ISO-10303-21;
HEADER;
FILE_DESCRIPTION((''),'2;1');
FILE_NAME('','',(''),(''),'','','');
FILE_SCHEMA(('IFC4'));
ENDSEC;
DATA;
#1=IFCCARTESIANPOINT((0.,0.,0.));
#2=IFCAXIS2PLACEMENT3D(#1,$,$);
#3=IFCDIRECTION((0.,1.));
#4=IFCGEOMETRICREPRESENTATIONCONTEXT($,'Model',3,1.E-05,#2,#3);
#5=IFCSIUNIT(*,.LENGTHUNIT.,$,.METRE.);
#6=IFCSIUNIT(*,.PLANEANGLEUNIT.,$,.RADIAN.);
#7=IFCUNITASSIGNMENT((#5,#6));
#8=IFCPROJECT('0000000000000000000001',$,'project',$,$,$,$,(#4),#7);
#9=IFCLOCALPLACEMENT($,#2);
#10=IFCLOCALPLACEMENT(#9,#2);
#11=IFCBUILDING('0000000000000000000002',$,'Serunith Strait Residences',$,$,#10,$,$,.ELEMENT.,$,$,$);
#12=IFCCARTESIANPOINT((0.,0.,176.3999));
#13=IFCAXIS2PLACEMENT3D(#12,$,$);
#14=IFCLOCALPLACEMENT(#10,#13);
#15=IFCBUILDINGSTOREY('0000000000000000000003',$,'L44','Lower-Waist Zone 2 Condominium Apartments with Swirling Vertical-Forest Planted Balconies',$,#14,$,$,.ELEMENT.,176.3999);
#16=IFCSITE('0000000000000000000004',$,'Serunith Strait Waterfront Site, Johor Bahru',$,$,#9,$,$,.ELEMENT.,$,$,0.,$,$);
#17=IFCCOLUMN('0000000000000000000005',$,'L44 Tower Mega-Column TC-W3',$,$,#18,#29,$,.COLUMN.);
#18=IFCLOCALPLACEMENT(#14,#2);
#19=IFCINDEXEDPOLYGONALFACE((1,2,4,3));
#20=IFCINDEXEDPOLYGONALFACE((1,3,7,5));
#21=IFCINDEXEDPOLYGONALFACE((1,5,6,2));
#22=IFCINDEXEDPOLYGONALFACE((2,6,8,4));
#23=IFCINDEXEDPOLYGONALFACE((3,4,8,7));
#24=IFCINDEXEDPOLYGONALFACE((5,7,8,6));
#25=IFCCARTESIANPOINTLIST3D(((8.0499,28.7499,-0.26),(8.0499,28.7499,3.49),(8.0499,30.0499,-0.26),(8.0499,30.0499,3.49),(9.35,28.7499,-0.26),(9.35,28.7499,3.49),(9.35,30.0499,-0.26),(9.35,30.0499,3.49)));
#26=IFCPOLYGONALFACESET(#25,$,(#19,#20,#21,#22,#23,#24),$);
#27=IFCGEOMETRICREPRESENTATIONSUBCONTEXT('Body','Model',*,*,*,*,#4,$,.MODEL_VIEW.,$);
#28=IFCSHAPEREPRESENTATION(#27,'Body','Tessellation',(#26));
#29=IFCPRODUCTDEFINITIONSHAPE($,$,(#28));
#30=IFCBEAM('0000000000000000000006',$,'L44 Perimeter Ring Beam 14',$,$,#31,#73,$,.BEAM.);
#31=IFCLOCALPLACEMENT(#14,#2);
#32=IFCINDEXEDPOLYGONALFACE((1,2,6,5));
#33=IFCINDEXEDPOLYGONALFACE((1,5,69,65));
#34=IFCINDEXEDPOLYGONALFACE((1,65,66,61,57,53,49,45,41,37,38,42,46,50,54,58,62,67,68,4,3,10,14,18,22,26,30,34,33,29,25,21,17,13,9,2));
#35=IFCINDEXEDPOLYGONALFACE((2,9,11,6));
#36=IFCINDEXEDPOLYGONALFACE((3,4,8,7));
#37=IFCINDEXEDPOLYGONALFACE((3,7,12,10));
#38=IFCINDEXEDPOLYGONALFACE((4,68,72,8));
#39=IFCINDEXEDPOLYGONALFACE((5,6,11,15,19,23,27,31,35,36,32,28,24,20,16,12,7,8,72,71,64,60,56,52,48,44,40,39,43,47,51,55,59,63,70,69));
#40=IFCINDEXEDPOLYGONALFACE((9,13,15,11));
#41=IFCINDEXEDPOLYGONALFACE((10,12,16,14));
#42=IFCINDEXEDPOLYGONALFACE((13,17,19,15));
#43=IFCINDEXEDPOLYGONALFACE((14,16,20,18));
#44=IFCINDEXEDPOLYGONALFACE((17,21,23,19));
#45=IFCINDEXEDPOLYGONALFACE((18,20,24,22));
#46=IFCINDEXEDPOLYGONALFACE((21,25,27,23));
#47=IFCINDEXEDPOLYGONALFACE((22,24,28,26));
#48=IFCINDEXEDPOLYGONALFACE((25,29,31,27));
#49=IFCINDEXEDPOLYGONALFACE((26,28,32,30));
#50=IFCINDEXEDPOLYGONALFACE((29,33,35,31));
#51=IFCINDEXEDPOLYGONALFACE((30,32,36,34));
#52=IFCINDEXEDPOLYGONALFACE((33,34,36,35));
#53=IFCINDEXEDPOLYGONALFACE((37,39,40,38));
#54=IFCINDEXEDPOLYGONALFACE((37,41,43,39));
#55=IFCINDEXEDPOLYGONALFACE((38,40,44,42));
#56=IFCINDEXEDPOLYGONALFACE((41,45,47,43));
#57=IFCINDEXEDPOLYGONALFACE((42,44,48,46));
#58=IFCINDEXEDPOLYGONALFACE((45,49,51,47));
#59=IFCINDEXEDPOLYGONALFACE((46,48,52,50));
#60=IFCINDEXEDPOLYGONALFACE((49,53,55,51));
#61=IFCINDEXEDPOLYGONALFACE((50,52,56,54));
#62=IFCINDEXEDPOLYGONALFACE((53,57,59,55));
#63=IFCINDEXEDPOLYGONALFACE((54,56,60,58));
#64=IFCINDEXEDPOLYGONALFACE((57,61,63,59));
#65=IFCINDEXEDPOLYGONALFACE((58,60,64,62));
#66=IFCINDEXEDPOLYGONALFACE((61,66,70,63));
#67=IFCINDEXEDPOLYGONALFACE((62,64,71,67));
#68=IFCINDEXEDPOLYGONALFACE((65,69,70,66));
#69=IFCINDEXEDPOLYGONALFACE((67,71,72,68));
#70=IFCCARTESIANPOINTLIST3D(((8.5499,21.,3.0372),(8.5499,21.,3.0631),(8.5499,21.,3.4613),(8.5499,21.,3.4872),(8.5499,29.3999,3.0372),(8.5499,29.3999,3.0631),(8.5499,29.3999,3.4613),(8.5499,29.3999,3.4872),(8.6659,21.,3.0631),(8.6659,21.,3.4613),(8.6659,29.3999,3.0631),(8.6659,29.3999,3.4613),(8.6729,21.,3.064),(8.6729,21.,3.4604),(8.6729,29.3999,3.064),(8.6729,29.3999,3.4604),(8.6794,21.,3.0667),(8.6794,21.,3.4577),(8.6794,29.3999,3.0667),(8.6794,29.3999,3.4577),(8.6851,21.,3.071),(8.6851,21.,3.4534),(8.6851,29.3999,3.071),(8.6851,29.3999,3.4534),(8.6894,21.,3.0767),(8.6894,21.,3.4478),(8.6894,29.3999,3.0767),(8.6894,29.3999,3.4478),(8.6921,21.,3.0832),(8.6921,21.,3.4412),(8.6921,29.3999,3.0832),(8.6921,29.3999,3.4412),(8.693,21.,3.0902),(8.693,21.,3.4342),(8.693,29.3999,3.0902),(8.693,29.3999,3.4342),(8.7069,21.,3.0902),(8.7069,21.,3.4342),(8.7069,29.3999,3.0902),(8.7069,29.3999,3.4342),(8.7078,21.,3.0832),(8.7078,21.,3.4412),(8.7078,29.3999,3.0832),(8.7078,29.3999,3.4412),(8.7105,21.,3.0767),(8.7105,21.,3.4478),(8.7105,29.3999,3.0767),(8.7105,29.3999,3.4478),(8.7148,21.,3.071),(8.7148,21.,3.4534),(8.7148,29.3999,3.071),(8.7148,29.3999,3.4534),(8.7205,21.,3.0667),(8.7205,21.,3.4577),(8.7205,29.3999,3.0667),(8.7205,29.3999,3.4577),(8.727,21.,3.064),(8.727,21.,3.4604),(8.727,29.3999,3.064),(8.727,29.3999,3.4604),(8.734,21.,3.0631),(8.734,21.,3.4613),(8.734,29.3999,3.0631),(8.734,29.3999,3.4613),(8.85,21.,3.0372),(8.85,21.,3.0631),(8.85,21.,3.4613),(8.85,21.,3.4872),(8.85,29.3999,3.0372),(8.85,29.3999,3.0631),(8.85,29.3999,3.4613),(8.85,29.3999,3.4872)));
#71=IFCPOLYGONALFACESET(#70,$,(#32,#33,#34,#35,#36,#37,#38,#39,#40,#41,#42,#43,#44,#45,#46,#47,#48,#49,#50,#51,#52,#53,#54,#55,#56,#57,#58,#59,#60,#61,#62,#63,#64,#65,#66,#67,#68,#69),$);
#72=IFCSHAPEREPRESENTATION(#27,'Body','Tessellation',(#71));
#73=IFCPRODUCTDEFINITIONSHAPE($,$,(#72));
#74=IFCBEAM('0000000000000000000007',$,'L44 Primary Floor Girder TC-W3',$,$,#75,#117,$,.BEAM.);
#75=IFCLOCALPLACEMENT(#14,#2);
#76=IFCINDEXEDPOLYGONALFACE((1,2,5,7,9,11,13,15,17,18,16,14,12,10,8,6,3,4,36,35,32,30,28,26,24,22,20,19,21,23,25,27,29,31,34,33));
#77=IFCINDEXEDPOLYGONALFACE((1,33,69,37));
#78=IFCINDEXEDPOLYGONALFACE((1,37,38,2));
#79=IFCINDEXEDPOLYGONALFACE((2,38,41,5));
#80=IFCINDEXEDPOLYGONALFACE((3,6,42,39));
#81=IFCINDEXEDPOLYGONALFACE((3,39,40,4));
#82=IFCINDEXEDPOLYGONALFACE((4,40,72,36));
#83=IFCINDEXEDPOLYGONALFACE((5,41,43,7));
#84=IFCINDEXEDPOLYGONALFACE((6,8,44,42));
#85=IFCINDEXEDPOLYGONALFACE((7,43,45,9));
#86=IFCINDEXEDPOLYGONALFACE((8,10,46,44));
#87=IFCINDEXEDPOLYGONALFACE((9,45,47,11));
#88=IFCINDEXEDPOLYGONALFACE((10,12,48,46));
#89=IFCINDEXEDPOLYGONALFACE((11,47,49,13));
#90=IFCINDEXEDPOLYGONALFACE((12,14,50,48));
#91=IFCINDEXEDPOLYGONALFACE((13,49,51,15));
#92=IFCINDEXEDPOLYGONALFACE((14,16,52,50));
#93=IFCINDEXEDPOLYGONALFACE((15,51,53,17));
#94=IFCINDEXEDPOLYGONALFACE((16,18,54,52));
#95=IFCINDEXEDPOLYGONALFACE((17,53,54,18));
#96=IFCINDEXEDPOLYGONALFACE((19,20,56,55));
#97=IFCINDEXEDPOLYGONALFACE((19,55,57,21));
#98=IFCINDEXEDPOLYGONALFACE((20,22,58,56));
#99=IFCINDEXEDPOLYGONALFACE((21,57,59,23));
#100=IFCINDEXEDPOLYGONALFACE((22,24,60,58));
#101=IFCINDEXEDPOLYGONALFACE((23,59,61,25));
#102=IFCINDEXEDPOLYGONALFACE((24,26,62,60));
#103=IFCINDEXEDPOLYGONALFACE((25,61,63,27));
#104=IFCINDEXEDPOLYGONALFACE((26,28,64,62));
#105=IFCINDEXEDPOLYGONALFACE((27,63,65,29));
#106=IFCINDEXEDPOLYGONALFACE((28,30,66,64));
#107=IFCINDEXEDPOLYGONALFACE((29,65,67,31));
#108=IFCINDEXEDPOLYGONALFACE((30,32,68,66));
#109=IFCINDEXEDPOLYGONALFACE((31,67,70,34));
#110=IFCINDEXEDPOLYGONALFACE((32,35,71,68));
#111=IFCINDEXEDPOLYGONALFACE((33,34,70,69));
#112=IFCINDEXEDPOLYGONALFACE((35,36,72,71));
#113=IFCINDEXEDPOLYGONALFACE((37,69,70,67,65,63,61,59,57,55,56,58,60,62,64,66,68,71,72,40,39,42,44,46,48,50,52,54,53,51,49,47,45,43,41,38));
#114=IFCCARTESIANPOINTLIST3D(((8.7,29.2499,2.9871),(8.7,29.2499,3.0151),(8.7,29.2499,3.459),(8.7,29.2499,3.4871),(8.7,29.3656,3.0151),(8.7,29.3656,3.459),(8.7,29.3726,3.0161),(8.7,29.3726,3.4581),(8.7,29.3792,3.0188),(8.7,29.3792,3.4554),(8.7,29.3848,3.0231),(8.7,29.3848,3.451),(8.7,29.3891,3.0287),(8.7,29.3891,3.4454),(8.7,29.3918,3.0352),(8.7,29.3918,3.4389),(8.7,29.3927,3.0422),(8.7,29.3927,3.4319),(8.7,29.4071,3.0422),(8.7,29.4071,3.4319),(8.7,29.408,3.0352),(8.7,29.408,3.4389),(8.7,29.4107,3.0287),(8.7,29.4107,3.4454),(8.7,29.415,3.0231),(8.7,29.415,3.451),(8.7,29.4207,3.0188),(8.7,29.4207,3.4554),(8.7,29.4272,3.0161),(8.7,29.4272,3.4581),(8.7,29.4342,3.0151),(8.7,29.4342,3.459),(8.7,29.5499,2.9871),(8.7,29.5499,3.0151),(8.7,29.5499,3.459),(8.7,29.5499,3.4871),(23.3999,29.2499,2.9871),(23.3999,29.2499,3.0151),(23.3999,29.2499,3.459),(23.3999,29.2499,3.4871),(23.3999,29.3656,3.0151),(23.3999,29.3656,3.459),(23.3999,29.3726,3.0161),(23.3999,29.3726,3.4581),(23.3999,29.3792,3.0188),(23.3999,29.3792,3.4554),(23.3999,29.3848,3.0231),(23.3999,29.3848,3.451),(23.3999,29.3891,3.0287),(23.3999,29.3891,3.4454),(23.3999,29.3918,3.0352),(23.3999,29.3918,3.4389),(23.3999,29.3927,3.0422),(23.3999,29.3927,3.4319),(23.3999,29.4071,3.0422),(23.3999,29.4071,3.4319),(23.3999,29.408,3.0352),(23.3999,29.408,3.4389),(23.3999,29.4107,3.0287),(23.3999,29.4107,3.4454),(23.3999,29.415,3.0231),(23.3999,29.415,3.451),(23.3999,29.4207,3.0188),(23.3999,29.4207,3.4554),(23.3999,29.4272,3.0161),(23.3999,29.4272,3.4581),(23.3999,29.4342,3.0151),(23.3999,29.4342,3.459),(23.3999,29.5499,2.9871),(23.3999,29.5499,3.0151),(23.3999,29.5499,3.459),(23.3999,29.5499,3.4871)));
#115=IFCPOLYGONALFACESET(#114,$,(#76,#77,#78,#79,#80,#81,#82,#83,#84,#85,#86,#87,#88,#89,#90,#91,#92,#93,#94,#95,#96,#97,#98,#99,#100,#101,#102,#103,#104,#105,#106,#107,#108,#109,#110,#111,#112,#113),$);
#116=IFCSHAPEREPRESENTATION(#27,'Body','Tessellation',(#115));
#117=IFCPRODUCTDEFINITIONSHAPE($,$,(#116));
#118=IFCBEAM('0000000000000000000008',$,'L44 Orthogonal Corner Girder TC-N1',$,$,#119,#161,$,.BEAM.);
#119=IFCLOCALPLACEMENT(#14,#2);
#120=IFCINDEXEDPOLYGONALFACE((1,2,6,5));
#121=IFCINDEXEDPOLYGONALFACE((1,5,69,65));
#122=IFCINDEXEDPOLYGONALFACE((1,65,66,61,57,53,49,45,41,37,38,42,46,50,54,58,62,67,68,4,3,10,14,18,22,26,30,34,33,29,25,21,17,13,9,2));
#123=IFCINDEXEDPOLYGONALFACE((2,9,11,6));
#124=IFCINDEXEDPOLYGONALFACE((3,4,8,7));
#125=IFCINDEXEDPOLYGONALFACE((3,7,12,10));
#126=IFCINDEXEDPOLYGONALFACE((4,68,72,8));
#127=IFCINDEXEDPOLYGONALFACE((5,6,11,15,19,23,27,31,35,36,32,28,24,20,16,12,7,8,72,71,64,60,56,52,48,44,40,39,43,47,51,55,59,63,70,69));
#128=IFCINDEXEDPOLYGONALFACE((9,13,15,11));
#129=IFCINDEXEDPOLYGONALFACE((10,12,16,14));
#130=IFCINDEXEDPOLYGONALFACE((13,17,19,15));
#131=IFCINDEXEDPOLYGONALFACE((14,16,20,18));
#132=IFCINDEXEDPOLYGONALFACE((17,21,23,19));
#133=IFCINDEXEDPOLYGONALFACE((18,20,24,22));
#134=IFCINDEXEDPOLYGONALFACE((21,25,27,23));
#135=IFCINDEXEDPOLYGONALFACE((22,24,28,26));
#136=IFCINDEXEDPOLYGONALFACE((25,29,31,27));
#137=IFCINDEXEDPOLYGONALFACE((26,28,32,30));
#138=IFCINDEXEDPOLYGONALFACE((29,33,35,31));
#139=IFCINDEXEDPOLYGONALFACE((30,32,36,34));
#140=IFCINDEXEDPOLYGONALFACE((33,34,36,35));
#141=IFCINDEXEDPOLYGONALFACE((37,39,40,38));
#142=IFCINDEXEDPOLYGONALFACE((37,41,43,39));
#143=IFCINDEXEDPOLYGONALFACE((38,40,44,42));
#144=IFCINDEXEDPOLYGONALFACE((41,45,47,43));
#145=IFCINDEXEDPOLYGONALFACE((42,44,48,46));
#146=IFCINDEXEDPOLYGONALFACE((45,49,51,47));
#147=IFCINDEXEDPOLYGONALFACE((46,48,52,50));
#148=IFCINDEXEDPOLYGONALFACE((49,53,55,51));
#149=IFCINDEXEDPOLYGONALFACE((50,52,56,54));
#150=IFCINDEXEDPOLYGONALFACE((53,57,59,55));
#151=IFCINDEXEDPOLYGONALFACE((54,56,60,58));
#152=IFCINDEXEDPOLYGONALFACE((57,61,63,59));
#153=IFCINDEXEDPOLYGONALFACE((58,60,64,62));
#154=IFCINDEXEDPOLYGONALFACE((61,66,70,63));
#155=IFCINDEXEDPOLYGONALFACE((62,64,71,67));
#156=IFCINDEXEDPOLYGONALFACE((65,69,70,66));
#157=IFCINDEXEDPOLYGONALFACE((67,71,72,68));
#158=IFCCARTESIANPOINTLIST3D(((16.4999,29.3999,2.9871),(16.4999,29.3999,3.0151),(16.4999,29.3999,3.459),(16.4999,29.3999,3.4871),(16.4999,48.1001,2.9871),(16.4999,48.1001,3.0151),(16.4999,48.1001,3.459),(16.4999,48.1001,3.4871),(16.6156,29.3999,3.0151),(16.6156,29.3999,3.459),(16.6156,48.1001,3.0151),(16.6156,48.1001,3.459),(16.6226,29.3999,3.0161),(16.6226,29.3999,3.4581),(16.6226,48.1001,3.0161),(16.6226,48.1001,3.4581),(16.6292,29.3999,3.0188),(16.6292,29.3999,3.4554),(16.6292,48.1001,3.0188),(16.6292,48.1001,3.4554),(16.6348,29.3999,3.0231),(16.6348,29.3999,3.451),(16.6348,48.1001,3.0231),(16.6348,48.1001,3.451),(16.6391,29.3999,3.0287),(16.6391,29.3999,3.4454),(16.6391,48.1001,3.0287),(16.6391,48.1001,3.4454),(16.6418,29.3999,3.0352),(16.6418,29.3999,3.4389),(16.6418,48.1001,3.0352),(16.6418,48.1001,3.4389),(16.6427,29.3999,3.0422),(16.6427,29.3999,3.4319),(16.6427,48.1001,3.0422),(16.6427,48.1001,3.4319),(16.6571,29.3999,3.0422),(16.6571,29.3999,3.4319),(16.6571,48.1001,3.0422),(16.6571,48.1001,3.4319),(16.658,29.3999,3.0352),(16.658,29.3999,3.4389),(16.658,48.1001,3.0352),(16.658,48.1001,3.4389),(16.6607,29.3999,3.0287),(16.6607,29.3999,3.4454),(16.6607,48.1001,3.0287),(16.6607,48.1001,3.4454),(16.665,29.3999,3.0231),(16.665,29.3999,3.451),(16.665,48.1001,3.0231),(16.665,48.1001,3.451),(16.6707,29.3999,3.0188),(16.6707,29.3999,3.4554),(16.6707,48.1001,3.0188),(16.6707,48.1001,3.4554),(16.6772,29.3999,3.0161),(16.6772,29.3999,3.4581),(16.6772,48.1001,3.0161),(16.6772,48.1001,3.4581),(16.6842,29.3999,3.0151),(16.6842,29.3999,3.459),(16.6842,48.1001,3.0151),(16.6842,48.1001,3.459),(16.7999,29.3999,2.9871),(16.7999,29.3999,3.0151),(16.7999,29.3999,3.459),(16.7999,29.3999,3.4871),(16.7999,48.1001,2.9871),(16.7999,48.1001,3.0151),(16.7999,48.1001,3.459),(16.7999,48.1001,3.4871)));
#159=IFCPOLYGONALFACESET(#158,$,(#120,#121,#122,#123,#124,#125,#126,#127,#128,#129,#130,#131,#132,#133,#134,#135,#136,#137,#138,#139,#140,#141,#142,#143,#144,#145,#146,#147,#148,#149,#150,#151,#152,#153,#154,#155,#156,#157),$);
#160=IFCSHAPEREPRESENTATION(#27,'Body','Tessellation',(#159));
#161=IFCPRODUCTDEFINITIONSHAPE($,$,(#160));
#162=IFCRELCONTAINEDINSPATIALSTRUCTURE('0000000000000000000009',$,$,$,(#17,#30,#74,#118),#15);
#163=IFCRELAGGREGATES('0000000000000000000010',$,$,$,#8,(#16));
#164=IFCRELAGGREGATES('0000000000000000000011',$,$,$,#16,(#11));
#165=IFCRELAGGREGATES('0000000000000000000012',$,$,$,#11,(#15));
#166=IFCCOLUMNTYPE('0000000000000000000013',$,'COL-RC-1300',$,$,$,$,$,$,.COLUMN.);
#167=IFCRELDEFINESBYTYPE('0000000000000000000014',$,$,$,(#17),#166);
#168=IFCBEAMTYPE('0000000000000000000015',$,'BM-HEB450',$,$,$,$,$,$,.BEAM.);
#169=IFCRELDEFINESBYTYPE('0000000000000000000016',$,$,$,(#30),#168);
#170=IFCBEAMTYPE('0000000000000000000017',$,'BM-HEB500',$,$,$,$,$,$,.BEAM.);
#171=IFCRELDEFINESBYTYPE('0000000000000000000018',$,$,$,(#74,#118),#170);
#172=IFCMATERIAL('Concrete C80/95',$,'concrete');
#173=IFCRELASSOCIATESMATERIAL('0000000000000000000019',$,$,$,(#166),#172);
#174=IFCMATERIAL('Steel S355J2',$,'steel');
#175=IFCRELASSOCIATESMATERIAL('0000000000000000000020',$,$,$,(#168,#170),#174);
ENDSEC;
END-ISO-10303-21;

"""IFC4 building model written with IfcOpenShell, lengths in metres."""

from ifc_helpers import new_model, si_unit, direction, frame, origin, origin_2d, place, context, subcontext, project, spatial, rectangle, i_section, extrude, source, transform, mapped, material, material_profile, profile_set, type_object, element, save


model = new_model("IFC4")

# Units and contexts
model_context = context("Model", 3, precision=1e-05, world=origin(), true_north=direction((0.0, 1.0)))
body_context = subcontext(model_context, "Body", "Model", "MODEL_VIEW")
ifc_project = project(units=[si_unit("LENGTHUNIT", "METRE"), si_unit("PLANEANGLEUNIT", "RADIAN")], contexts=[model_context])

# Site, building, storey
site_placement = place(None, origin())
site = spatial("IfcSite", under=ifc_project, at=site_placement, Name="Serunith Strait Waterfront Site, Johor Bahru", CompositionType="ELEMENT", RefElevation=0.0)
building_placement = place(site_placement, origin())
building = spatial("IfcBuilding", under=site, at=building_placement, Name="Serunith Strait Residences", CompositionType="ELEMENT")
storey_placement = place(building_placement, frame((0.0, 0.0, 176.3999)))
storey = spatial("IfcBuildingStorey", under=building, at=storey_placement, Name="L44", Description="Lower-Waist Zone 2 Condominium Apartments with Swirling Vertical-Forest Planted Balconies", CompositionType="ELEMENT", Elevation=176.3999)

# Column
ifc_material_1 = material(Name="Concrete C80/95", Category="concrete")
ifc_material_profile_1 = material_profile(ifc_material_1, rectangle(XDim=1.3, YDim=1.3, at=origin_2d()), Name="RC 1300x1300")
ifc_profile_set_1 = profile_set([ifc_material_profile_1], Name="Concrete C80/95")
column_type = type_object("IfcColumnType", Name="COL-RC-1300", PredefinedType="COLUMN", material=ifc_profile_set_1)
shared_shape_1 = source(origin(), body_context, "Body", "SweptSolid", [
    extrude(rectangle(XDim=1.3, YDim=1.3, at=origin_2d()), origin(), (0.0, 0.0, 1.0), 3.75),
])
column_placement = place(storey_placement, frame((8.7, 29.3999, -0.26), z_axis=(0.0, 0.0, 1.0), x_axis=(1.0, 0.0, 0.0)))
element("IfcColumn", 1, at=column_placement, inside=storey, type_object=column_type, Name="L44 Tower Mega-Column TC-W3", PredefinedType="COLUMN", context=body_context, shape_type="MappedRepresentation", body=[
    mapped(shared_shape_1, transform((0.0, 0.0, 0.0), scale=1.0)),
])

# Beams
ifc_material_2 = material(Name="Steel S355J2", Category="steel")
ifc_material_profile_2 = material_profile(ifc_material_2, i_section(OverallWidth=0.3, OverallDepth=0.45, WebThickness=0.0139, FlangeThickness=0.0259, FilletRadius=0.0271, at=origin_2d()), Name="HEB 450")
ifc_profile_set_2 = profile_set([ifc_material_profile_2], Name="Steel S355J2")
beam_type_1 = type_object("IfcBeamType", Name="BM-HEB450", PredefinedType="BEAM", material=ifc_profile_set_2)
shared_shape_2 = source(origin(), body_context, "Body", "SweptSolid", [
    extrude(i_section(OverallWidth=0.3, OverallDepth=0.45, WebThickness=0.0139, FlangeThickness=0.0259, FilletRadius=0.0271, at=origin_2d()), origin(), (0.0, 0.0, 1.0), 8.3999),
])
beam_1_placement = place(storey_placement, frame((8.7, 29.3999, 3.2622), z_axis=(0.0, -1.0, 0.0), x_axis=(1.0, 0.0, 0.0)))
element("IfcBeam", 2, at=beam_1_placement, inside=storey, type_object=beam_type_1, Name="L44 Perimeter Ring Beam 14", PredefinedType="BEAM", context=body_context, shape_type="MappedRepresentation", body=[
    mapped(shared_shape_2, transform((0.0, 0.0, 0.0), scale=1.0)),
])
ifc_material_profile_3 = material_profile(ifc_material_2, i_section(OverallWidth=0.3, OverallDepth=0.5, WebThickness=0.0144, FlangeThickness=0.0281, FilletRadius=0.0271, at=origin_2d()), Name="HEB 500")
ifc_profile_set_3 = profile_set([ifc_material_profile_3], Name="Steel S355J2")
beam_type_2 = type_object("IfcBeamType", Name="BM-HEB500", PredefinedType="BEAM", material=ifc_profile_set_3)
shared_shape_3 = source(origin(), body_context, "Body", "SweptSolid", [
    extrude(i_section(OverallWidth=0.3, OverallDepth=0.5, WebThickness=0.0144, FlangeThickness=0.0281, FilletRadius=0.0271, at=origin_2d()), origin(), (0.0, 0.0, 1.0), 14.7),
])
beam_2_placement = place(storey_placement, frame((23.3999, 29.3999, 3.2371), z_axis=(-1.0, 0.0, 0.0), x_axis=(0.0, -1.0, 0.0)))
element("IfcBeam", 3, at=beam_2_placement, inside=storey, type_object=beam_type_2, Name="L44 Primary Floor Girder TC-W3", PredefinedType="BEAM", context=body_context, shape_type="MappedRepresentation", body=[
    mapped(shared_shape_3, transform((0.0, 0.0, 0.0), scale=1.0)),
])
shared_shape_4 = source(origin(), body_context, "Body", "SweptSolid", [
    extrude(i_section(OverallWidth=0.3, OverallDepth=0.5, WebThickness=0.0144, FlangeThickness=0.0281, FilletRadius=0.0271, at=origin_2d()), origin(), (0.0, 0.0, 1.0), 18.7002),
])
beam_3_placement = place(storey_placement, frame((16.6499, 29.3999, 3.2371), z_axis=(0.0, 1.0, 0.0), x_axis=(-1.0, 0.0, 0.0)))
element("IfcBeam", 4, at=beam_3_placement, inside=storey, type_object=beam_type_2, Name="L44 Orthogonal Corner Girder TC-N1", PredefinedType="BEAM", context=body_context, shape_type="MappedRepresentation", body=[
    mapped(shared_shape_4, transform((0.0, 0.0, 0.0), scale=1.0)),
])

save(model, "model.ifc")
